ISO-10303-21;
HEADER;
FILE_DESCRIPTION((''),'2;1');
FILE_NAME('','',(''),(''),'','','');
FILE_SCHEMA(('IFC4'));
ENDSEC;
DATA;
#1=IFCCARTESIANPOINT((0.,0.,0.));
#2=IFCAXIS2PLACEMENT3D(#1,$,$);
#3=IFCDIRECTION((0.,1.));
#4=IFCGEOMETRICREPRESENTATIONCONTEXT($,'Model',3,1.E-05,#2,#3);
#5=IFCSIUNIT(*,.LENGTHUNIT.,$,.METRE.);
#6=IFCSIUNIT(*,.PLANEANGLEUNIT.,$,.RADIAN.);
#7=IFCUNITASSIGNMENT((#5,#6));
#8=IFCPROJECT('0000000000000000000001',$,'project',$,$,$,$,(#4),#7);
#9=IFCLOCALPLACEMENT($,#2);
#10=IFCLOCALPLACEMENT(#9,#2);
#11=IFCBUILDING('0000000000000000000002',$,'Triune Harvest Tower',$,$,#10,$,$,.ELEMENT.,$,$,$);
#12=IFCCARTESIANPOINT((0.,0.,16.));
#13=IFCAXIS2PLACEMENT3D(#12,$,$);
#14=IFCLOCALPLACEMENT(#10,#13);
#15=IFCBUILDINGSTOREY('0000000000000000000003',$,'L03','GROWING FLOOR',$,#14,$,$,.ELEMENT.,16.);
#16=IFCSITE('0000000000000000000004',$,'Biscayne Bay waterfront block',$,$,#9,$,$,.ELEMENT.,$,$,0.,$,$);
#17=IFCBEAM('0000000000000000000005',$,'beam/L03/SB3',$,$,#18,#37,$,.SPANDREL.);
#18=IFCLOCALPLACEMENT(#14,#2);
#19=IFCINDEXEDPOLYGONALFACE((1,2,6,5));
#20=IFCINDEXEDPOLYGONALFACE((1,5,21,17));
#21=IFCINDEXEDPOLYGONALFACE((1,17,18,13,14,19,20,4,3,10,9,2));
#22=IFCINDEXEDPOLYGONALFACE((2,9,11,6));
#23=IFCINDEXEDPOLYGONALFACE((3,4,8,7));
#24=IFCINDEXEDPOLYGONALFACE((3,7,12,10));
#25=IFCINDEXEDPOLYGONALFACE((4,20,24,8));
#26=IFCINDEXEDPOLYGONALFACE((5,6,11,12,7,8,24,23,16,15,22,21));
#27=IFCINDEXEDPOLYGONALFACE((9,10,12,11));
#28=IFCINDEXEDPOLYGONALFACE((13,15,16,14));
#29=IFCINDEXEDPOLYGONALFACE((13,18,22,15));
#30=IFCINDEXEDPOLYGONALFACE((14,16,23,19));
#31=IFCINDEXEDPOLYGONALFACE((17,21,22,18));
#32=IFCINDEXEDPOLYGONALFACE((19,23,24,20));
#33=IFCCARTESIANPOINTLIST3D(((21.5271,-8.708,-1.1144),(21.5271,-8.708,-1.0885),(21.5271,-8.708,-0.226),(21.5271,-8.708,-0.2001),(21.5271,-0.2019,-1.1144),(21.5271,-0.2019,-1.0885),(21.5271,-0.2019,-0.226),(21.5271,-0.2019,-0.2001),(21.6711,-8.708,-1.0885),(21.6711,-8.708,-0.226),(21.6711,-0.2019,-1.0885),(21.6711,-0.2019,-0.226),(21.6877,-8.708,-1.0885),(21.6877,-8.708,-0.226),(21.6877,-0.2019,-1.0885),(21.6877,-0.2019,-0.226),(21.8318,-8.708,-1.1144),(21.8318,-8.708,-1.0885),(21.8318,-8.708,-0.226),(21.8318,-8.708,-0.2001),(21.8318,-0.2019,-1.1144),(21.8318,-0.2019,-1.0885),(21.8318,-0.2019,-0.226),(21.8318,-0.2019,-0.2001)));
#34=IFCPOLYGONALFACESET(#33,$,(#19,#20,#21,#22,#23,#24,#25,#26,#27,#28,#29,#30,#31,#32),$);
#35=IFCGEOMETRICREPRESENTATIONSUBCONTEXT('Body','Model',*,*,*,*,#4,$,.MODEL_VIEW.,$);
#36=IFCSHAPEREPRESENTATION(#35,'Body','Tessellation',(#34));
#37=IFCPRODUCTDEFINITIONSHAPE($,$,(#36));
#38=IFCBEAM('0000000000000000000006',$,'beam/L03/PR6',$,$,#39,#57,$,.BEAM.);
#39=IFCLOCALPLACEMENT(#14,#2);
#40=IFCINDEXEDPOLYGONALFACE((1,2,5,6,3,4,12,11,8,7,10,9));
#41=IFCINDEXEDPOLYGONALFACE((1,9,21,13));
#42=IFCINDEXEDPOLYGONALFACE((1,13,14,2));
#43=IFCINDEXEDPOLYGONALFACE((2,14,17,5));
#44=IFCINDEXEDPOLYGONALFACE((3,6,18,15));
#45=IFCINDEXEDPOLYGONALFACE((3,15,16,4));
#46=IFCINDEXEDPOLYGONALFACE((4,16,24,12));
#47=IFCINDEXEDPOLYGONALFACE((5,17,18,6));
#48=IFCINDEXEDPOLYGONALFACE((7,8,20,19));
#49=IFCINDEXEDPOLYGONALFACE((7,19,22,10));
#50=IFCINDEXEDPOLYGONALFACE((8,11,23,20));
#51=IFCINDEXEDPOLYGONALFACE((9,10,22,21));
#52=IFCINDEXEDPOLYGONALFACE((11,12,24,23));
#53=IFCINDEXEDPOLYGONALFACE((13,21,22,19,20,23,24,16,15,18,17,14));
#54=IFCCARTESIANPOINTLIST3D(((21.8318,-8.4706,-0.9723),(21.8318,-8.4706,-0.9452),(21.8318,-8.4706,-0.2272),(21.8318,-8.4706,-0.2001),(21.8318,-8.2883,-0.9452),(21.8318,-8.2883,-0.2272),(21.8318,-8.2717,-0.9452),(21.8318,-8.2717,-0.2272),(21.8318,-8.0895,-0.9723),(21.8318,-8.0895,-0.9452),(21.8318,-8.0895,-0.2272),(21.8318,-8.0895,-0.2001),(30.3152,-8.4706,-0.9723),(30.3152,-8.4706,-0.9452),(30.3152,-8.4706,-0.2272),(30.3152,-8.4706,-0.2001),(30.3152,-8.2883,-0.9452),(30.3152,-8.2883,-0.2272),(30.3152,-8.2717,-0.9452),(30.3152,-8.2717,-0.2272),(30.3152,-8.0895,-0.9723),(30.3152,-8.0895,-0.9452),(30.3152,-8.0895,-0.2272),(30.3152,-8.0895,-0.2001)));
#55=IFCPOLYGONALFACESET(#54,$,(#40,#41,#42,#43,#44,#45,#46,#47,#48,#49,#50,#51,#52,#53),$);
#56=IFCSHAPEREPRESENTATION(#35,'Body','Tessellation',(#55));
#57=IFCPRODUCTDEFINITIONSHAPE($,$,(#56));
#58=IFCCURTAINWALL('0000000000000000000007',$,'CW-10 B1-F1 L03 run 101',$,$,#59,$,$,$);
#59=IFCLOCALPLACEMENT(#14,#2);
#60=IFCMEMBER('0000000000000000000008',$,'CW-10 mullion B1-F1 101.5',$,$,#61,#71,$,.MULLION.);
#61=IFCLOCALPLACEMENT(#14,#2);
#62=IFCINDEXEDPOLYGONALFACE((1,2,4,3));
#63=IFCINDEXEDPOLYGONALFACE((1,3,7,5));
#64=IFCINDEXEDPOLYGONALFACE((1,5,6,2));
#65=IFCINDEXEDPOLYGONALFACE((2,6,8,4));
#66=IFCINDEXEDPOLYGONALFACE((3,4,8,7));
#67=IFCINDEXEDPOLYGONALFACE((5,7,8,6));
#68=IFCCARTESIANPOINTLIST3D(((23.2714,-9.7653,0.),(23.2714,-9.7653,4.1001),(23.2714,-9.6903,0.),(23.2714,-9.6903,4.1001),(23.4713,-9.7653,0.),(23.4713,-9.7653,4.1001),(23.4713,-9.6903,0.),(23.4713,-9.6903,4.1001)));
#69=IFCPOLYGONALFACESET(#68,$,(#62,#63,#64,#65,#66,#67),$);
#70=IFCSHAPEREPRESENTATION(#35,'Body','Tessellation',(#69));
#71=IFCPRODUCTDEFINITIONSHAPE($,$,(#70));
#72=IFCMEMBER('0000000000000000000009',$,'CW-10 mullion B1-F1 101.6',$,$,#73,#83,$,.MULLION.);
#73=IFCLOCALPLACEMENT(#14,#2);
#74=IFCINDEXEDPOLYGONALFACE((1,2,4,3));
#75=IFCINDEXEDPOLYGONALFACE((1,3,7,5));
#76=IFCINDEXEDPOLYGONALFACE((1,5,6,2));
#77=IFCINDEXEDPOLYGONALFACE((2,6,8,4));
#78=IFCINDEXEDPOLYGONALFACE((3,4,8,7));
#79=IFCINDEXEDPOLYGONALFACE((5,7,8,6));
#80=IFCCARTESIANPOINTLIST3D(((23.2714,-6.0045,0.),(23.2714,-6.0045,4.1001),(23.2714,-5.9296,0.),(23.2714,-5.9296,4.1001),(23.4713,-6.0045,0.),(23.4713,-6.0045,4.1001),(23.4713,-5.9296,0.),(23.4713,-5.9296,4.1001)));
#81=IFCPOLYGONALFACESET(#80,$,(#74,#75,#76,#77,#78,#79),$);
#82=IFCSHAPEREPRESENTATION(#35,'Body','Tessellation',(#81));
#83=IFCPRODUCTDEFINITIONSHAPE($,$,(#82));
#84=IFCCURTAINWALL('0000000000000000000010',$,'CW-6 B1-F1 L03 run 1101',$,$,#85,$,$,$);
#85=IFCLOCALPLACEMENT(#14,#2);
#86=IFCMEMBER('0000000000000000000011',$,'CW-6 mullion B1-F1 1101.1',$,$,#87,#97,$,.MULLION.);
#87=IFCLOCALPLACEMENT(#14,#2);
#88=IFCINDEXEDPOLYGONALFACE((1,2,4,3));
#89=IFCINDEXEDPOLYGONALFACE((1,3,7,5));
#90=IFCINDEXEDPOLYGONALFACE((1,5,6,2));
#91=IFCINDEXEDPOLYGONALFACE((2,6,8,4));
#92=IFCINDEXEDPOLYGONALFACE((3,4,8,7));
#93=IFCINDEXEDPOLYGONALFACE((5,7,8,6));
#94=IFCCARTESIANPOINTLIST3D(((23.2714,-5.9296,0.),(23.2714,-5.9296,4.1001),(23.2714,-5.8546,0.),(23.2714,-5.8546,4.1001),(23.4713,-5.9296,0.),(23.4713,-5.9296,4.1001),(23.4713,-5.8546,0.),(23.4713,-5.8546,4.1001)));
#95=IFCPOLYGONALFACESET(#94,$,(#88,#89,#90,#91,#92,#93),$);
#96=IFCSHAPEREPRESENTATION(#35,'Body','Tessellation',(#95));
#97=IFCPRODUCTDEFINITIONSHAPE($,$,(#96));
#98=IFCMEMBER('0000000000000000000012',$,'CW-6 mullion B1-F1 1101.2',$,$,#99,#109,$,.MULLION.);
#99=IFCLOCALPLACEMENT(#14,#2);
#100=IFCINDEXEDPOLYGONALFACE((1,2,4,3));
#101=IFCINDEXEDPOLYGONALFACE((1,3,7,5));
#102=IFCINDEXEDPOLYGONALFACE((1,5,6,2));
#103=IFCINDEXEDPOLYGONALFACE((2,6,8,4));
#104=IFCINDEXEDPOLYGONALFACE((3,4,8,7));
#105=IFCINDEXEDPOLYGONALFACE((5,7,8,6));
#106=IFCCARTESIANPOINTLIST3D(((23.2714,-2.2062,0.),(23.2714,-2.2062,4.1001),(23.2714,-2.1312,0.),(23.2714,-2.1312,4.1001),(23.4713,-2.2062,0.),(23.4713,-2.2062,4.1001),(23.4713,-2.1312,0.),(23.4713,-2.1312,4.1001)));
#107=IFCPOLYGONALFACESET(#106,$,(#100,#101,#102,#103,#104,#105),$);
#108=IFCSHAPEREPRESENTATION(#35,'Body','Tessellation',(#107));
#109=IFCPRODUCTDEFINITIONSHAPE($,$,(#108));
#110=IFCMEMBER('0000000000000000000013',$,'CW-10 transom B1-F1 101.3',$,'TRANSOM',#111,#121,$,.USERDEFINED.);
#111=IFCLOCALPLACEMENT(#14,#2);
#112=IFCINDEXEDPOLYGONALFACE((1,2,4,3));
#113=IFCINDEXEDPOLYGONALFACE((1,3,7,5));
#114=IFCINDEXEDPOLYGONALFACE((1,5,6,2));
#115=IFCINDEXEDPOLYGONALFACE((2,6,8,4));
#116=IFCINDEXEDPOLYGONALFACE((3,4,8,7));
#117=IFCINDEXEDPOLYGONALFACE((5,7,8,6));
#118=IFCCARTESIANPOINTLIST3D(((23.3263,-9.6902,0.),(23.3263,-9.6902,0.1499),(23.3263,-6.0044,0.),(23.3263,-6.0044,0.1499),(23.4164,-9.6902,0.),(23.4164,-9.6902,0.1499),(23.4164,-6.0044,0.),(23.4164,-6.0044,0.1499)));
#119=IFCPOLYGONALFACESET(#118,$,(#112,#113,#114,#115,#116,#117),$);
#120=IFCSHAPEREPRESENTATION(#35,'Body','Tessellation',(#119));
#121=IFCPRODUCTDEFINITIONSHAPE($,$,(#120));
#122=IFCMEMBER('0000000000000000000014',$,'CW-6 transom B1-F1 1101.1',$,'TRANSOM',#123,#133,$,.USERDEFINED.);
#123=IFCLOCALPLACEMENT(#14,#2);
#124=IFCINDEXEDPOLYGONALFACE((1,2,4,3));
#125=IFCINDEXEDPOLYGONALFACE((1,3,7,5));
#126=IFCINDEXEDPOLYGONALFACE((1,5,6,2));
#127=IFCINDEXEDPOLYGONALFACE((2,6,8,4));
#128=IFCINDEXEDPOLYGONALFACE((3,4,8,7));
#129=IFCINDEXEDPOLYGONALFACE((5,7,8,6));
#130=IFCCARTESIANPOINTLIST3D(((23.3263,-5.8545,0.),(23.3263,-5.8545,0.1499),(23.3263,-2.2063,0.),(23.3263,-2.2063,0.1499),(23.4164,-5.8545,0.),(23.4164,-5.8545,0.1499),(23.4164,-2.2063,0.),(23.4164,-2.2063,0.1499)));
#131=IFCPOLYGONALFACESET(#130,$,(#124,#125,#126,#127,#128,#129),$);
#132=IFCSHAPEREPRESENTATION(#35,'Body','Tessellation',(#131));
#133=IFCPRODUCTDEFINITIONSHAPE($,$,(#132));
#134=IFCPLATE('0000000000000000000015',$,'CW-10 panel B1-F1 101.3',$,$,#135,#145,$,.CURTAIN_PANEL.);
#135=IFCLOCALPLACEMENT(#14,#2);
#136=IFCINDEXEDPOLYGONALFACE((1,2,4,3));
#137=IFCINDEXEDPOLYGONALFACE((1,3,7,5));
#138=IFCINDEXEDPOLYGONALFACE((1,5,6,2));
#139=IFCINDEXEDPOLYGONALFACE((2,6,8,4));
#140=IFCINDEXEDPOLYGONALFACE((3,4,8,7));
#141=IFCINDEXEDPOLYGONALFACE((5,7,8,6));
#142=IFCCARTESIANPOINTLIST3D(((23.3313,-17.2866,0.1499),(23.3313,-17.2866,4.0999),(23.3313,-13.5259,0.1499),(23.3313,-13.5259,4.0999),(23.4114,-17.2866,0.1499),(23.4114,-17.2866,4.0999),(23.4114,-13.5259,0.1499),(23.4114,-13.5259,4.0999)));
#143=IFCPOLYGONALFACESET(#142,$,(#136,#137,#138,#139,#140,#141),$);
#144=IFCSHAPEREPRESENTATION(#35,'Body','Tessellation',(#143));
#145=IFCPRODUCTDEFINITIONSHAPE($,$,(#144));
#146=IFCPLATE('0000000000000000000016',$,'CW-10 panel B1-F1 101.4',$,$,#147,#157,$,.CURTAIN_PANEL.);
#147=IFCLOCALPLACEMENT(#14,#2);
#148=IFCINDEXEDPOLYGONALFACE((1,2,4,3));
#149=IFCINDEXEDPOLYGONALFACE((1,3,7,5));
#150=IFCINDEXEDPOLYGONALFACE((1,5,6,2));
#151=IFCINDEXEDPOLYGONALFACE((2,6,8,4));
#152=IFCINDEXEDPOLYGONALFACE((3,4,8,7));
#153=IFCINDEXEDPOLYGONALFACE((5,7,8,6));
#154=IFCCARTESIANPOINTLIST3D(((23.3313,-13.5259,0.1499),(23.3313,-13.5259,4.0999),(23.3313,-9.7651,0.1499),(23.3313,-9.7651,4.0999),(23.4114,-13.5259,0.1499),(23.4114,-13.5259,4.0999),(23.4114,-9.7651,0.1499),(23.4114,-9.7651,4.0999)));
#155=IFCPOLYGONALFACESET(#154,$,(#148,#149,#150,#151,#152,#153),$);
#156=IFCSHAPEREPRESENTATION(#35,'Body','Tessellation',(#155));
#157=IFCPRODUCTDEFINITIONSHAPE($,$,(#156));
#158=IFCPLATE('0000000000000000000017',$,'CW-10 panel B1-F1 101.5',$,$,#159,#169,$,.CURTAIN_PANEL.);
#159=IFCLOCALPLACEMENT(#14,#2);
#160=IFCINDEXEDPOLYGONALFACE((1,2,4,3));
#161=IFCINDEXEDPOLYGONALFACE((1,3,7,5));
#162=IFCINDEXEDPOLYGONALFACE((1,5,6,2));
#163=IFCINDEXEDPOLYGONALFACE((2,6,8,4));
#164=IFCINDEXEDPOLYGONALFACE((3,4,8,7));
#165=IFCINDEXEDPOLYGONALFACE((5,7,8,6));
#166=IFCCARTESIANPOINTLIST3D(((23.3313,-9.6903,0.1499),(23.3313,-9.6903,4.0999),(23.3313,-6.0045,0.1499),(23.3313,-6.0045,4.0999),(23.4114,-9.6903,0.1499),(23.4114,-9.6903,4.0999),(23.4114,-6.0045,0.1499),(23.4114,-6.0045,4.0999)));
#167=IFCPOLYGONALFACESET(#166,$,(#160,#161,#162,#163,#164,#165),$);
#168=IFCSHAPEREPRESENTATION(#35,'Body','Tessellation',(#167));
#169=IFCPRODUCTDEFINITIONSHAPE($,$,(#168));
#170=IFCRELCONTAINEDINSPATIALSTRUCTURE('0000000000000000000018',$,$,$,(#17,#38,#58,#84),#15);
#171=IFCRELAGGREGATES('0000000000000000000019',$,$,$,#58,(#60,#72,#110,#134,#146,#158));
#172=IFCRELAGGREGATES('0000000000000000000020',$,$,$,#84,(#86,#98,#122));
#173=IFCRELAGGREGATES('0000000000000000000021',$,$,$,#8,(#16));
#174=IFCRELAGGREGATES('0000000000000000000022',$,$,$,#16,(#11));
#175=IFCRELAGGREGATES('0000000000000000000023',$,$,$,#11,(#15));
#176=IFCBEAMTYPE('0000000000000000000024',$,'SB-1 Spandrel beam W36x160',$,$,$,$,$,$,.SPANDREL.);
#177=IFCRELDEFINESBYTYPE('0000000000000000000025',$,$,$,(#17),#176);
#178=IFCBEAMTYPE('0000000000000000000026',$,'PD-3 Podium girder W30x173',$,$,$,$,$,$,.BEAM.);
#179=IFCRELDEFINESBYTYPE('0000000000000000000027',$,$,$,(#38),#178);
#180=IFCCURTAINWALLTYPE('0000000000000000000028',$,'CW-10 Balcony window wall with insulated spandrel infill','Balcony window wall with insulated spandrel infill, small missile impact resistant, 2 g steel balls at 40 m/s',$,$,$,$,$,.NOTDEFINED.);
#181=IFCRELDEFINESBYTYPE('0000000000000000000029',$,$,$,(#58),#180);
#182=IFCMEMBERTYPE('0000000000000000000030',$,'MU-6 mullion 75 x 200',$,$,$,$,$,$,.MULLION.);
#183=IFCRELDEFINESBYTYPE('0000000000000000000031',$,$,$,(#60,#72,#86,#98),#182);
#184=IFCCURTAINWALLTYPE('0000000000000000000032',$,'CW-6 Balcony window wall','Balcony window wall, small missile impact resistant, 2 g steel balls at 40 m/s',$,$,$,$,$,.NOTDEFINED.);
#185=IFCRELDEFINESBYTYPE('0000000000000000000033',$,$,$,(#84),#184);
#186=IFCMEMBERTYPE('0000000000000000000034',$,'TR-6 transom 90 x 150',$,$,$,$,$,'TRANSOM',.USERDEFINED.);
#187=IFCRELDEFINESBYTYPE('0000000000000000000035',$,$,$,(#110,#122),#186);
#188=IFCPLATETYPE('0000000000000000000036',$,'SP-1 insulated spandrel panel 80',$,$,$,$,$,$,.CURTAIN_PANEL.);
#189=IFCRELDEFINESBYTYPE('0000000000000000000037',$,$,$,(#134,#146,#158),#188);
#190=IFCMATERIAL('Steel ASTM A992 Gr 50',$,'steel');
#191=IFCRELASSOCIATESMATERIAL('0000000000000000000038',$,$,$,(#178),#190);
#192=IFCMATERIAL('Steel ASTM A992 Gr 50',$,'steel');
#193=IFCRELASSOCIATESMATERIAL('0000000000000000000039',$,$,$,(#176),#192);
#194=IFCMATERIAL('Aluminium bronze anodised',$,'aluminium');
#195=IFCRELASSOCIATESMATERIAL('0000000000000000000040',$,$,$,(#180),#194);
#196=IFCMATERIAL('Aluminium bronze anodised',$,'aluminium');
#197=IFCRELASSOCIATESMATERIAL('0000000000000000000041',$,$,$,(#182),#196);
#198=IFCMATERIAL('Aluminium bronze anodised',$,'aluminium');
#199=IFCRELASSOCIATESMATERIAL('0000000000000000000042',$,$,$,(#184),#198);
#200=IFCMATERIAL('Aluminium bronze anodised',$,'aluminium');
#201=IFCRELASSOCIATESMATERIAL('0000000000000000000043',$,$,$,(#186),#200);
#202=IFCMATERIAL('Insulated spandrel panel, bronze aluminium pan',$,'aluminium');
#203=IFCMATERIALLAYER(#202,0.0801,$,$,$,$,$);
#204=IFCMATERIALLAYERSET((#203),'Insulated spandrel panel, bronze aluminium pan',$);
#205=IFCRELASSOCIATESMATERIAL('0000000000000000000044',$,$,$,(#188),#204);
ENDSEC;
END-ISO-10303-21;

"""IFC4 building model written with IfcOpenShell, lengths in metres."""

from ifc_helpers import new_model, si_unit, direction, frame, origin, origin_2d, place, context, subcontext, project, spatial, rectangle, i_section, extrude, source, transform, mapped, material, layer, layer_set, material_profile, profile_set, type_object, element, aggregate, save


model = new_model("IFC4")

# Units and contexts
model_context = context("Model", 3, precision=1e-05, world=origin(), true_north=direction((0.0, 1.0)))
body_context = subcontext(model_context, "Body", "Model", "MODEL_VIEW")
ifc_project = project(units=[si_unit("LENGTHUNIT", "METRE"), si_unit("PLANEANGLEUNIT", "RADIAN")], contexts=[model_context])

# Site, building, storey
site_placement = place(None, origin())
site = spatial("IfcSite", under=ifc_project, at=site_placement, Name="Biscayne Bay waterfront block", CompositionType="ELEMENT", RefElevation=0.0)
building_placement = place(site_placement, origin())
building = spatial("IfcBuilding", under=site, at=building_placement, Name="Triune Harvest Tower", CompositionType="ELEMENT")
storey_placement = place(building_placement, frame((0.0, 0.0, 16.0)))
storey = spatial("IfcBuildingStorey", under=building, at=storey_placement, Name="L03", Description="GROWING FLOOR", CompositionType="ELEMENT", Elevation=16.0)

# Beams
ifc_material_1 = material(Name="Steel ASTM A992 Gr 50", Category="steel")
ifc_material_profile_1 = material_profile(ifc_material_1, i_section(OverallWidth=0.3811, OverallDepth=0.7722, WebThickness=0.0166, FlangeThickness=0.0271, at=origin_2d()), Name="W30x173")
ifc_profile_set_1 = profile_set([ifc_material_profile_1], Name="Steel ASTM A992 Gr 50")
beam_type_1 = type_object("IfcBeamType", Name="PD-3 Podium girder W30x173", PredefinedType="BEAM", material=ifc_profile_set_1)
ifc_material_2 = material(Name="Steel ASTM A992 Gr 50", Category="steel")
ifc_material_profile_2 = material_profile(ifc_material_2, i_section(OverallWidth=0.3047, OverallDepth=0.9143, WebThickness=0.0166, FlangeThickness=0.0259, at=origin_2d()), Name="W36x160")
ifc_profile_set_2 = profile_set([ifc_material_profile_2], Name="Steel ASTM A992 Gr 50")
beam_type_2 = type_object("IfcBeamType", Name="SB-1 Spandrel beam W36x160", PredefinedType="SPANDREL", material=ifc_profile_set_2)
shared_shape_1 = source(origin(), body_context, "Body", "SweptSolid", [
    extrude(i_section(OverallWidth=0.3047, OverallDepth=0.9143, WebThickness=0.0166, FlangeThickness=0.0259, at=origin_2d()), origin(), (0.0, 0.0, 1.0), 8.5061),
])
beam_1_placement = place(storey_placement, frame((21.6794, -8.708, -0.6572), z_axis=(0.0, 1.0, 0.0), x_axis=(-1.0, 0.0, 0.0)))
element("IfcBeam", 1, at=beam_1_placement, inside=storey, type_object=beam_type_2, Name="beam/L03/SB3", PredefinedType="SPANDREL", context=body_context, shape_type="MappedRepresentation", body=[
    mapped(shared_shape_1, transform((0.0, 0.0, 0.0), scale=1.0)),
])
shared_shape_2 = source(origin(), body_context, "Body", "SweptSolid", [
    extrude(i_section(OverallWidth=0.3811, OverallDepth=0.7722, WebThickness=0.0166, FlangeThickness=0.0271, at=origin_2d()), origin(), (0.0, 0.0, 1.0), 8.4834),
])
beam_2_placement = place(storey_placement, frame((30.3152, -8.28, -0.5862), z_axis=(-1.0, 0.0, 0.0), x_axis=(0.0, -1.0, 0.0)))
element("IfcBeam", 2, at=beam_2_placement, inside=storey, type_object=beam_type_1, Name="beam/L03/PR6", PredefinedType="BEAM", context=body_context, shape_type="MappedRepresentation", body=[
    mapped(shared_shape_2, transform((0.0, 0.0, 0.0), scale=1.0)),
])

# Curtain walls, members
ifc_material_3 = material(Name="Aluminium bronze anodised", Category="aluminium")
curtain_wall_type_1 = type_object("IfcCurtainWallType", Name="CW-10 Balcony window wall with insulated spandrel infill", Description="Balcony window wall with insulated spandrel infill, small missile impact resistant, 2 g steel balls at 40 m/s", PredefinedType="NOTDEFINED", material=ifc_material_3)
curtain_wall_1_placement = place(storey_placement, origin())
curtain_wall_1 = element("IfcCurtainWall", 3, at=curtain_wall_1_placement, inside=storey, type_object=curtain_wall_type_1, Name="CW-10 B1-F1 L03 run 101")
ifc_material_4 = material(Name="Aluminium bronze anodised", Category="aluminium")
ifc_material_profile_3 = material_profile(ifc_material_4, rectangle(XDim=0.2, YDim=0.075, at=origin_2d()), Name="MU-6 mullion 75 x 200")
ifc_profile_set_3 = profile_set([ifc_material_profile_3], Name="Aluminium bronze anodised")
member_type_1 = type_object("IfcMemberType", Name="MU-6 mullion 75 x 200", PredefinedType="MULLION", material=ifc_profile_set_3)
shared_shape_3 = source(origin(), body_context, "Body", "SweptSolid", [
    extrude(rectangle(XDim=0.2, YDim=0.075, at=origin_2d()), origin(), (0.0, 0.0, 1.0), 4.1001),
])
member_1_placement = place(storey_placement, frame((23.3713, -9.7278, 0.0), z_axis=(0.0, 0.0, 1.0), x_axis=(-1.0, 0.0, 0.0)))
member_1 = element("IfcMember", 4, at=member_1_placement, type_object=member_type_1, Name="CW-10 mullion B1-F1 101.5", PredefinedType="MULLION", context=body_context, shape_type="MappedRepresentation", body=[
    mapped(shared_shape_3, transform((0.0, 0.0, 0.0), scale=1.0)),
])
member_2_placement = place(storey_placement, frame((23.3713, -5.967, 0.0), z_axis=(0.0, 0.0, 1.0), x_axis=(-1.0, 0.0, 0.0)))
member_2 = element("IfcMember", 5, at=member_2_placement, type_object=member_type_1, Name="CW-10 mullion B1-F1 101.6", PredefinedType="MULLION", context=body_context, shape_type="MappedRepresentation", body=[
    mapped(shared_shape_3, transform((0.0, 0.0, 0.0), scale=1.0)),
])
ifc_material_5 = material(Name="Aluminium bronze anodised", Category="aluminium")
curtain_wall_type_2 = type_object("IfcCurtainWallType", Name="CW-6 Balcony window wall", Description="Balcony window wall, small missile impact resistant, 2 g steel balls at 40 m/s", PredefinedType="NOTDEFINED", material=ifc_material_5)
curtain_wall_2_placement = place(storey_placement, origin())
curtain_wall_2 = element("IfcCurtainWall", 6, at=curtain_wall_2_placement, inside=storey, type_object=curtain_wall_type_2, Name="CW-6 B1-F1 L03 run 1101")
member_3_placement = place(storey_placement, frame((23.3713, -5.8921, 0.0), z_axis=(0.0, 0.0, 1.0), x_axis=(-1.0, 0.0, 0.0)))
member_3 = element("IfcMember", 7, at=member_3_placement, type_object=member_type_1, Name="CW-6 mullion B1-F1 1101.1", PredefinedType="MULLION", context=body_context, shape_type="MappedRepresentation", body=[
    mapped(shared_shape_3, transform((0.0, 0.0, 0.0), scale=1.0)),
])
member_4_placement = place(storey_placement, frame((23.3713, -2.1687, 0.0), z_axis=(0.0, 0.0, 1.0), x_axis=(-1.0, 0.0, 0.0)))
member_4 = element("IfcMember", 8, at=member_4_placement, type_object=member_type_1, Name="CW-6 mullion B1-F1 1101.2", PredefinedType="MULLION", context=body_context, shape_type="MappedRepresentation", body=[
    mapped(shared_shape_3, transform((0.0, 0.0, 0.0), scale=1.0)),
])

# Members
ifc_material_6 = material(Name="Aluminium bronze anodised", Category="aluminium")
ifc_material_profile_4 = material_profile(ifc_material_6, rectangle(XDim=0.0901, YDim=0.1499, at=origin_2d()), Name="TR-6 transom 90 x 150")
ifc_profile_set_4 = profile_set([ifc_material_profile_4], Name="Aluminium bronze anodised")
member_type_2 = type_object("IfcMemberType", Name="TR-6 transom 90 x 150", ElementType="TRANSOM", PredefinedType="USERDEFINED", material=ifc_profile_set_4)
shared_shape_4 = source(origin(), body_context, "Body", "SweptSolid", [
    extrude(rectangle(XDim=0.0901, YDim=0.1499, at=origin_2d()), origin(), (0.0, 0.0, 1.0), 3.6858),
])
member_5_placement = place(storey_placement, frame((23.3713, -9.6902, 0.075), z_axis=(0.0, 1.0, 0.0), x_axis=(-1.0, 0.0, 0.0)))
member_5 = element("IfcMember", 9, at=member_5_placement, type_object=member_type_2, Name="CW-10 transom B1-F1 101.3", ObjectType="TRANSOM", PredefinedType="USERDEFINED", context=body_context, shape_type="MappedRepresentation", body=[
    mapped(shared_shape_4, transform((0.0, 0.0, 0.0), scale=1.0)),
])
shared_shape_5 = source(origin(), body_context, "Body", "SweptSolid", [
    extrude(rectangle(XDim=0.0901, YDim=0.1499, at=origin_2d()), origin(), (0.0, 0.0, 1.0), 3.6482),
])
member_6_placement = place(storey_placement, frame((23.3713, -5.8545, 0.075), z_axis=(0.0, 1.0, 0.0), x_axis=(-1.0, 0.0, 0.0)))
member_6 = element("IfcMember", 10, at=member_6_placement, type_object=member_type_2, Name="CW-6 transom B1-F1 1101.1", ObjectType="TRANSOM", PredefinedType="USERDEFINED", context=body_context, shape_type="MappedRepresentation", body=[
    mapped(shared_shape_5, transform((0.0, 0.0, 0.0), scale=1.0)),
])

# Plates
ifc_material_7 = material(Name="Insulated spandrel panel, bronze aluminium pan", Category="aluminium")
ifc_layer_1 = layer(ifc_material_7, 0.0801)
ifc_layer_set_1 = layer_set([ifc_layer_1], Name="Insulated spandrel panel, bronze aluminium pan")
plate_type_1 = type_object("IfcPlateType", Name="SP-1 insulated spandrel panel 80", PredefinedType="CURTAIN_PANEL", material=ifc_layer_set_1)
shared_shape_6 = source(origin(), body_context, "Body", "SweptSolid", [
    extrude(rectangle(XDim=3.7607, YDim=0.0801, at=origin_2d()), origin(), (0.0, 0.0, 1.0), 3.95),
])
plate_1_placement = place(storey_placement, frame((23.3713, -15.4062, 0.1499), z_axis=(0.0, 0.0, 1.0), x_axis=(0.0, 1.0, 0.0)))
plate_1 = element("IfcPlate", 11, at=plate_1_placement, type_object=plate_type_1, Name="CW-10 panel B1-F1 101.3", PredefinedType="CURTAIN_PANEL", context=body_context, shape_type="MappedRepresentation", body=[
    mapped(shared_shape_6, transform((0.0, 0.0, 0.0), scale=1.0)),
])
plate_2_placement = place(storey_placement, frame((23.3713, -11.6455, 0.1499), z_axis=(0.0, 0.0, 1.0), x_axis=(0.0, 1.0, 0.0)))
plate_2 = element("IfcPlate", 12, at=plate_2_placement, type_object=plate_type_1, Name="CW-10 panel B1-F1 101.4", PredefinedType="CURTAIN_PANEL", context=body_context, shape_type="MappedRepresentation", body=[
    mapped(shared_shape_6, transform((0.0, 0.0, 0.0), scale=1.0)),
])
shared_shape_7 = source(origin(), body_context, "Body", "SweptSolid", [
    extrude(rectangle(XDim=3.6858, YDim=0.0801, at=origin_2d()), origin(), (0.0, 0.0, 1.0), 3.95),
])
plate_3_placement = place(storey_placement, frame((23.3713, -7.8474, 0.1499), z_axis=(0.0, 0.0, 1.0), x_axis=(0.0, 1.0, 0.0)))
plate_3 = element("IfcPlate", 13, at=plate_3_placement, type_object=plate_type_1, Name="CW-10 panel B1-F1 101.5", PredefinedType="CURTAIN_PANEL", context=body_context, shape_type="MappedRepresentation", body=[
    mapped(shared_shape_7, transform((0.0, 0.0, 0.0), scale=1.0)),
])
aggregate(curtain_wall_1, [member_1, member_2, member_5, plate_1, plate_2, plate_3])
aggregate(curtain_wall_2, [member_3, member_4, member_6])

save(model, "model.ifc")
